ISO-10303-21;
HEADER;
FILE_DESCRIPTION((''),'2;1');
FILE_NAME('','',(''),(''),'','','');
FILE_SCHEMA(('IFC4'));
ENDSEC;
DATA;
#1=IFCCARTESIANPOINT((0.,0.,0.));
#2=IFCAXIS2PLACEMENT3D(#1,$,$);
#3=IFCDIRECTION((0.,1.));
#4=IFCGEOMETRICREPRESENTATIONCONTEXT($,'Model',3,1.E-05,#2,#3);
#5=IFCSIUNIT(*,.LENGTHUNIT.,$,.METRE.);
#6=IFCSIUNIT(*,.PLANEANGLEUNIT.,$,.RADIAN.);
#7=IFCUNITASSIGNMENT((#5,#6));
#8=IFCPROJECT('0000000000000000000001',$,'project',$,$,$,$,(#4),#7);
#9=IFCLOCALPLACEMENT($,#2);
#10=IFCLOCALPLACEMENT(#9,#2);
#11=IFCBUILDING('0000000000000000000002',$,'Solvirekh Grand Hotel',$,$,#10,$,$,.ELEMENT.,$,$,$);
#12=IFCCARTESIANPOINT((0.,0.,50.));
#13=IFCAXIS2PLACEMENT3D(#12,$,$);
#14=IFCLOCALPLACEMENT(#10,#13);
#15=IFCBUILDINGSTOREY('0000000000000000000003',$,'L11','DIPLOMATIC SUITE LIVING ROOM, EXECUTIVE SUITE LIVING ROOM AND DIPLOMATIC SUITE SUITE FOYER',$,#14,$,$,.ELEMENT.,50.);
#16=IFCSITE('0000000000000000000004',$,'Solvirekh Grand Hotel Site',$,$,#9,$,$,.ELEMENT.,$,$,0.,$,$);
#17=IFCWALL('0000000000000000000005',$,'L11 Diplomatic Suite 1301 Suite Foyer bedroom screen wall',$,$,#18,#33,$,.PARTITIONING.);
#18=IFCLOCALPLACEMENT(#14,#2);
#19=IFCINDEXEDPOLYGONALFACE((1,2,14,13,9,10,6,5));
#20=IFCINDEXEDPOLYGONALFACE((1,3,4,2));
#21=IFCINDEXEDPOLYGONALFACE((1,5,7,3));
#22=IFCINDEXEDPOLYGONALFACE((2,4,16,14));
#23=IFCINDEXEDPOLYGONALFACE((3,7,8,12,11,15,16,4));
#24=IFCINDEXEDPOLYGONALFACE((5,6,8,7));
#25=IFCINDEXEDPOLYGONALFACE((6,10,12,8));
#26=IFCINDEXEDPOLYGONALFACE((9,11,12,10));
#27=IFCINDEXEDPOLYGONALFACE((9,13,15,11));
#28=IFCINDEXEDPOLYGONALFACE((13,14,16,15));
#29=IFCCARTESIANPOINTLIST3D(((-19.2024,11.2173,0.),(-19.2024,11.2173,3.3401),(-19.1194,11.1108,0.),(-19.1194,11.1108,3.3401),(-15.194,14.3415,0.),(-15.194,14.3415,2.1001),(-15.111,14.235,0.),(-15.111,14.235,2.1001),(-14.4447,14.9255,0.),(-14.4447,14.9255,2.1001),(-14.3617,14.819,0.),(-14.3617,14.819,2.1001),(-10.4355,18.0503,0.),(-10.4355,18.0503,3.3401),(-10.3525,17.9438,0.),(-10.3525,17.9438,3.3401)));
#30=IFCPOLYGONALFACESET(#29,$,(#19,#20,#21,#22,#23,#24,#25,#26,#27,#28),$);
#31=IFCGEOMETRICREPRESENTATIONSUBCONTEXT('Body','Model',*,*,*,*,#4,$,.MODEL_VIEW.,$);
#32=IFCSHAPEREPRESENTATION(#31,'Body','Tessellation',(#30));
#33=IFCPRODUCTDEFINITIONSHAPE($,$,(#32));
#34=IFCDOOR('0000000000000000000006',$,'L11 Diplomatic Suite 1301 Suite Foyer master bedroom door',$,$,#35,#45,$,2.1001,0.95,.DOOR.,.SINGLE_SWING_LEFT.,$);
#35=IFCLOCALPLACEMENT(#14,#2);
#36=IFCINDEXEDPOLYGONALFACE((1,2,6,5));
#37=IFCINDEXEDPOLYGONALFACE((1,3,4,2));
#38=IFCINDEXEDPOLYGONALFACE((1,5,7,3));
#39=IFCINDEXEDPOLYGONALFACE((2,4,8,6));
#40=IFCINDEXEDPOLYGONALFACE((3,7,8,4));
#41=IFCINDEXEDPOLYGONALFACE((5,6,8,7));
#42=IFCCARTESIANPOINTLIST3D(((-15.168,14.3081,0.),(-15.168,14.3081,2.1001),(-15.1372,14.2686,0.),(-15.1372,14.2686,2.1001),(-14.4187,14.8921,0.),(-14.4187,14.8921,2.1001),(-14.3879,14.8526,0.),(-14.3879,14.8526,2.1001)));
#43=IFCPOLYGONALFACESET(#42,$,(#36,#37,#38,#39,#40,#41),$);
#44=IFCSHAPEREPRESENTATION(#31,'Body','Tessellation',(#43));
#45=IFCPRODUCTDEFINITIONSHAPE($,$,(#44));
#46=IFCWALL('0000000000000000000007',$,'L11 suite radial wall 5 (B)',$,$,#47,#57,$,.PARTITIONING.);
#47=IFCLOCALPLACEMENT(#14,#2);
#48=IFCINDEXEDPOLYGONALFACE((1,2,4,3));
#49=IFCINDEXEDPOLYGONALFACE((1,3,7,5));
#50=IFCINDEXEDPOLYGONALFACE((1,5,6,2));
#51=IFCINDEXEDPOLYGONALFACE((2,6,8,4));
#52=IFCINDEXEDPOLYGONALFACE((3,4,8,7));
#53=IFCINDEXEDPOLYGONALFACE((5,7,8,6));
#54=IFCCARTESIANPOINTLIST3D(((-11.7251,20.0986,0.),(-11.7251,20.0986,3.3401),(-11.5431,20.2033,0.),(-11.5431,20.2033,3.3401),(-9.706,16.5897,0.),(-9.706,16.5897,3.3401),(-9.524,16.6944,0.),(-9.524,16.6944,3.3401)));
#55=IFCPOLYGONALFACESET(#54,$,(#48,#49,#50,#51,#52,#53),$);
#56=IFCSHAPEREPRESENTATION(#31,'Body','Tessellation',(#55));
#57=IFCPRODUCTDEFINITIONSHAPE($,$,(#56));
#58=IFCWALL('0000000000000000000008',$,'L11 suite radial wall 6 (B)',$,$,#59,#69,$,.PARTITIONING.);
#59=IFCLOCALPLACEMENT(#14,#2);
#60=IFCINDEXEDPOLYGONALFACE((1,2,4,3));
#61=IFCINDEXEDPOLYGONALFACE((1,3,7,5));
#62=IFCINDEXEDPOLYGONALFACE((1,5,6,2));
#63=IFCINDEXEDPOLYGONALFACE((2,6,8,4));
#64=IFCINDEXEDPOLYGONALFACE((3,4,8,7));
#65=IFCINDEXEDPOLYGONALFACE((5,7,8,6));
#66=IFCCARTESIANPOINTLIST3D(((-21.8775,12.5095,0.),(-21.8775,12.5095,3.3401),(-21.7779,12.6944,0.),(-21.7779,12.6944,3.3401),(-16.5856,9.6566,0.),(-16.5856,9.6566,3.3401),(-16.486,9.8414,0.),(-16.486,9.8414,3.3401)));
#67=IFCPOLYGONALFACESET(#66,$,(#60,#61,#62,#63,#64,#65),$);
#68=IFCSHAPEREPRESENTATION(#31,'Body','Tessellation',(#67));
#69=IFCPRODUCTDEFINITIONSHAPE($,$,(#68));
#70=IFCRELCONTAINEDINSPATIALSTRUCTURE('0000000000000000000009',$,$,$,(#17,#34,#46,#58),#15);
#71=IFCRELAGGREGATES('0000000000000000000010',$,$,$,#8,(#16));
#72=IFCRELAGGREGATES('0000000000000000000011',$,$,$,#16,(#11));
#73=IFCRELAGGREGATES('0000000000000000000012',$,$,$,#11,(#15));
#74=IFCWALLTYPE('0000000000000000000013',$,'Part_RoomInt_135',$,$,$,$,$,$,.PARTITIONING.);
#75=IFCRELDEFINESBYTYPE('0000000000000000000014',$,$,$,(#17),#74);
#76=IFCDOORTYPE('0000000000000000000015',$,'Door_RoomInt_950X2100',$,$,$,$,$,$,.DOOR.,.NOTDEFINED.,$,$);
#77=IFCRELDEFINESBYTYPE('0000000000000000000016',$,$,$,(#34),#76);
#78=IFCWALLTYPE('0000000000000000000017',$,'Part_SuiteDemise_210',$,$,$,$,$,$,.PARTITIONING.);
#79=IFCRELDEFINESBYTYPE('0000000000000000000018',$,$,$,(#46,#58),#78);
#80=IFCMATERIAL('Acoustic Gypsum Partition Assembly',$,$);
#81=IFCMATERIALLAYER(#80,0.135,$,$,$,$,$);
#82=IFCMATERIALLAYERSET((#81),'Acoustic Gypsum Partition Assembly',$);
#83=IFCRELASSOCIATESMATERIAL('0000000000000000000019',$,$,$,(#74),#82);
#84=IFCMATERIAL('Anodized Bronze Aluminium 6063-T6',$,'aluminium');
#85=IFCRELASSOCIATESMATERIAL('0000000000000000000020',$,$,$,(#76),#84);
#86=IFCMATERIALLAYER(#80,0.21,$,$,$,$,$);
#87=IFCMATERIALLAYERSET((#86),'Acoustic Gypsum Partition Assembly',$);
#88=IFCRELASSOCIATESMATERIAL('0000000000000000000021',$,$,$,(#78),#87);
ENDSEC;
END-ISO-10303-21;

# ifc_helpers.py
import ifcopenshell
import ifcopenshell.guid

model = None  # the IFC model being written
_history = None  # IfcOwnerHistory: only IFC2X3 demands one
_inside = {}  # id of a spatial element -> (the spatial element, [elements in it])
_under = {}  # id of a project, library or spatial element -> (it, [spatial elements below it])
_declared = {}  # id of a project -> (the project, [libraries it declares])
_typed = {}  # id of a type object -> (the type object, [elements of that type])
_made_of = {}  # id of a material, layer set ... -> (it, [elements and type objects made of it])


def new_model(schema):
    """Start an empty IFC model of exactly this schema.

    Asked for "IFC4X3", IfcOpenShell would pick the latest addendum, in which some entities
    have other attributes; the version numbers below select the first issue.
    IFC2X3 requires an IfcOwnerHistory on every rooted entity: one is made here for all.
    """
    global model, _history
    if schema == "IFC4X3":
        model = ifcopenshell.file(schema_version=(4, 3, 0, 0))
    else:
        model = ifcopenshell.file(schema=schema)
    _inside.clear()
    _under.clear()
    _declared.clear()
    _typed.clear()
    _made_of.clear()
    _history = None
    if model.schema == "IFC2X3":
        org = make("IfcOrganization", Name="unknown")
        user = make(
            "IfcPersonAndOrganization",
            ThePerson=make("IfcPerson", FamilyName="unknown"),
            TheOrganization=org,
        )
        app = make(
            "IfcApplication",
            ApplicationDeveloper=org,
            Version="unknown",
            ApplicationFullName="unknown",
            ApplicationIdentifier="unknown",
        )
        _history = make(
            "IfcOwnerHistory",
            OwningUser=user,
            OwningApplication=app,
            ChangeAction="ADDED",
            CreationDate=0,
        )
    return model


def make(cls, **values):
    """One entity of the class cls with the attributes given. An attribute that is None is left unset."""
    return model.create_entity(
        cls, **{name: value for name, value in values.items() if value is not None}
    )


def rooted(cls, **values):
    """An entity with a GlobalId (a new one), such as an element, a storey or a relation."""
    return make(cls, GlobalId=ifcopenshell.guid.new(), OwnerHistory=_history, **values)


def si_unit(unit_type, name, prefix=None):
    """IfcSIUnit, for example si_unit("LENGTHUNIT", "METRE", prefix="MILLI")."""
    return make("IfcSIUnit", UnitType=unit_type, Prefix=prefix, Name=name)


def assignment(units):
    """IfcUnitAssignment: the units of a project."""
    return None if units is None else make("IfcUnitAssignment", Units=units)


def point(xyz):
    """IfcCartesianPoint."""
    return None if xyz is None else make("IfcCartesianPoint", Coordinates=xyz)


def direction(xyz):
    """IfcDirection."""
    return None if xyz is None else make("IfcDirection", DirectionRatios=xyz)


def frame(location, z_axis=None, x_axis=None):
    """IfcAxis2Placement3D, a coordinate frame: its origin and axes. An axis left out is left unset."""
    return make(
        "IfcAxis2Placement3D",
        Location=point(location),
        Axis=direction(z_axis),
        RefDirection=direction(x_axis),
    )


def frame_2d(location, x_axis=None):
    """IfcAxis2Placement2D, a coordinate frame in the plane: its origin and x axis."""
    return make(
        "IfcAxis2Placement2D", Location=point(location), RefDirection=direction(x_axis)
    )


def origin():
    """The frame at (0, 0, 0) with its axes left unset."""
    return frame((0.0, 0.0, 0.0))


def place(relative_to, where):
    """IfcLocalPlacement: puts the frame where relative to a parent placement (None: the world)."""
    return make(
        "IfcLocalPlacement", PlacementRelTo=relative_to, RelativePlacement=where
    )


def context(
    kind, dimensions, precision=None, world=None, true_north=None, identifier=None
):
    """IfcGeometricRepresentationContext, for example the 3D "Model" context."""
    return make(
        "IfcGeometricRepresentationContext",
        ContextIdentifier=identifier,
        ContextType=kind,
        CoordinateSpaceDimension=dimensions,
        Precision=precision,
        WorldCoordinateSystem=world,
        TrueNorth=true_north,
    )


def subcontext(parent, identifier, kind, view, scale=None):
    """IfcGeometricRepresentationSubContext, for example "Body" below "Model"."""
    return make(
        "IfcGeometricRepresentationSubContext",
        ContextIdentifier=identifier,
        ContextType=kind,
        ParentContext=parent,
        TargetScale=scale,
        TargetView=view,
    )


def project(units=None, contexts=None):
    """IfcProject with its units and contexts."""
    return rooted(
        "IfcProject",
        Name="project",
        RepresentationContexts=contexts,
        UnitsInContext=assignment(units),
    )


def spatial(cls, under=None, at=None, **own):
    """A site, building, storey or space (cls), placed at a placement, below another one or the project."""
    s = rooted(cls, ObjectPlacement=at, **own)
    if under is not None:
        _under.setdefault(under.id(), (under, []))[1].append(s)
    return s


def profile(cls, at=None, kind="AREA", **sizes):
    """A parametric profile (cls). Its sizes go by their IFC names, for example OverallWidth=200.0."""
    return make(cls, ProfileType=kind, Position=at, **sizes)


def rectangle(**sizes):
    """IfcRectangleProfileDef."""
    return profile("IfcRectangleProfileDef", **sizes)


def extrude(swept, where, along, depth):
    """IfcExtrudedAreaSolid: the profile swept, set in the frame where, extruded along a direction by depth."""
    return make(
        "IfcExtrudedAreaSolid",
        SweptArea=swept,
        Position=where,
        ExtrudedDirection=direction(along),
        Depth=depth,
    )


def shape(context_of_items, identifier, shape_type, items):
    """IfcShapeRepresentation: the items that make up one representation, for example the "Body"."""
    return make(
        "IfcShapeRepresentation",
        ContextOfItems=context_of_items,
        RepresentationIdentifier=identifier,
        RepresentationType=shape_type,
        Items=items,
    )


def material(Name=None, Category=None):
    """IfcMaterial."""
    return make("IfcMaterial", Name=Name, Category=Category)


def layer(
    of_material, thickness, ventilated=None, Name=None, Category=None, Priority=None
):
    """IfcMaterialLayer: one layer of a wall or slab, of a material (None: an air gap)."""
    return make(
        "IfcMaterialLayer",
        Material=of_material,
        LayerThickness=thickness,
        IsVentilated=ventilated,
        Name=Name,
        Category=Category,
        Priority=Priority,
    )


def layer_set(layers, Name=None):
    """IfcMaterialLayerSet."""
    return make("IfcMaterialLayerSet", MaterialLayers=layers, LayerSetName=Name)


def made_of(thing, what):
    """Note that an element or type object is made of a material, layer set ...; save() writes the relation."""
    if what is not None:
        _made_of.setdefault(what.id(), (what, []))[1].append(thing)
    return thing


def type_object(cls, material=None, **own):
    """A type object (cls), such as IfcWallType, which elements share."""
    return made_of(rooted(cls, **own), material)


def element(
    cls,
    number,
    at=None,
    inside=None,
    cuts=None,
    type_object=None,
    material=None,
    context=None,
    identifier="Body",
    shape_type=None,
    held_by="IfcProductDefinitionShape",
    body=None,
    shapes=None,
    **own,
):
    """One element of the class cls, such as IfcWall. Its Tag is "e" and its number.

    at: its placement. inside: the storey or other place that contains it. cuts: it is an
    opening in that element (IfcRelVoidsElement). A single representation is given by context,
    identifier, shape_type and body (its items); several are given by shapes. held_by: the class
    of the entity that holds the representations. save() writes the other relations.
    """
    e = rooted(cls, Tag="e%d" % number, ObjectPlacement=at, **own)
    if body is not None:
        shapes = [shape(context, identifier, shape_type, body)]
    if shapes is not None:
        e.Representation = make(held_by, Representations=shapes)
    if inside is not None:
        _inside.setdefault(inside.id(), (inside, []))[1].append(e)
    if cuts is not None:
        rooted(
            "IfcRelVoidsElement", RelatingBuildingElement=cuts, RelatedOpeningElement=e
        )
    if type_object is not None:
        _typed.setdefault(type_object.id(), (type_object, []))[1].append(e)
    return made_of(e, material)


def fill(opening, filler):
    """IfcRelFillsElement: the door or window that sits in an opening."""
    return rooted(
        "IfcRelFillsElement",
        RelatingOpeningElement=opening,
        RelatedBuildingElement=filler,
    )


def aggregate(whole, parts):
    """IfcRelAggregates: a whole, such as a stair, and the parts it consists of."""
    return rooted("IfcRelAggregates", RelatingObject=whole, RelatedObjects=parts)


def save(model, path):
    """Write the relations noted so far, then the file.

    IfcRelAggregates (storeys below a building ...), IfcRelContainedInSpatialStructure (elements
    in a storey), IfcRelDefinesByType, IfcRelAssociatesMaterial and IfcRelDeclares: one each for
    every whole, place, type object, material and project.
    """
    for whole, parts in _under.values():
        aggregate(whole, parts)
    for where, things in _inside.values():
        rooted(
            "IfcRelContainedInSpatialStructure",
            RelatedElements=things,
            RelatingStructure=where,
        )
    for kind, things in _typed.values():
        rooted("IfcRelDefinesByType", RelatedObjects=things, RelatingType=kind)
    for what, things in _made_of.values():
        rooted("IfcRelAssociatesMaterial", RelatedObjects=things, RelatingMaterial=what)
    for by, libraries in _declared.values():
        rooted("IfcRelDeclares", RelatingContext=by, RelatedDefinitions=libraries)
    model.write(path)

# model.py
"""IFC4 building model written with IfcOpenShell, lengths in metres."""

from ifc_helpers import new_model, si_unit, direction, frame, frame_2d, origin, place, context, subcontext, project, spatial, rectangle, extrude, material, layer, layer_set, type_object, element, fill, save


model = new_model("IFC4")

# Units and contexts
model_context = context("Model", 3, precision=1e-05, world=origin(), true_north=direction((0.0, 1.0)))
body_context = subcontext(model_context, "Body", "Model", "MODEL_VIEW")
ifc_project = project(units=[si_unit("LENGTHUNIT", "METRE"), si_unit("PLANEANGLEUNIT", "RADIAN")], contexts=[model_context])

# Site, building, storey
site_placement = place(None, origin())
site = spatial("IfcSite", under=ifc_project, at=site_placement, Name="Solvirekh Grand Hotel Site", CompositionType="ELEMENT", RefElevation=0.0)
building_placement = place(site_placement, origin())
building = spatial("IfcBuilding", under=site, at=building_placement, Name="Solvirekh Grand Hotel", CompositionType="ELEMENT")
storey_placement = place(building_placement, frame((0.0, 0.0, 50.0)))
storey = spatial("IfcBuildingStorey", under=building, at=storey_placement, Name="L11", Description="DIPLOMATIC SUITE LIVING ROOM, EXECUTIVE SUITE LIVING ROOM AND DIPLOMATIC SUITE SUITE FOYER", CompositionType="ELEMENT", Elevation=50.0)

# Shared definitions
ifc_material_1 = material(Name="Anodized Bronze Aluminium 6063-T6", Category="aluminium")

# Wall, opening, door
ifc_material_2 = material(Name="Acoustic Gypsum Partition Assembly")
ifc_layer_1 = layer(ifc_material_2, 0.135)
ifc_layer_set_1 = layer_set([ifc_layer_1], Name="Acoustic Gypsum Partition Assembly")
wall_type_1 = type_object("IfcWallType", Name="Part_RoomInt_135", PredefinedType="PARTITIONING", material=ifc_layer_set_1)
wall_1_placement = place(storey_placement, frame((-10.394, 17.9971, 0.0), z_axis=(0.0, 0.0, 1.0), x_axis=(-0.788726, -0.614745, 0.0)))
wall_1 = element("IfcWall", 1, at=wall_1_placement, inside=storey, type_object=wall_type_1, Name="L11 Diplomatic Suite 1301 Suite Foyer bedroom screen wall", PredefinedType="PARTITIONING", context=body_context, shape_type="SweptSolid", body=[
    extrude(rectangle(XDim=11.1152, YDim=0.135, at=frame_2d((5.5576, 0.0))), origin(), (0.0, 0.0, 1.0), 3.3401),
])
opening_1_placement = place(wall_1_placement, frame((5.083, 0.0, 0.0)))
opening_1 = element("IfcOpeningElement", 2, at=opening_1_placement, cuts=wall_1, PredefinedType="OPENING", context=body_context, shape_type="SweptSolid", body=[
    extrude(rectangle(XDim=0.95, YDim=2.1001, at=frame_2d((0.4751, 1.05))), frame((0.0, 0.0776, 0.0), z_axis=(0.0, -1.0, 0.0), x_axis=(1.0, 0.0, 0.0)), (0.0, 0.0, 1.0), 0.155),
])
door_type = type_object("IfcDoorType", Name="Door_RoomInt_950X2100", OperationType="NOTDEFINED", PredefinedType="DOOR", material=ifc_material_1)
door_placement = place(opening_1_placement, origin())
door = element("IfcDoor", 3, at=door_placement, inside=storey, type_object=door_type, Name="L11 Diplomatic Suite 1301 Suite Foyer master bedroom door", OperationType="SINGLE_SWING_LEFT", OverallHeight=2.1001, OverallWidth=0.95, PredefinedType="DOOR", context=body_context, shape_type="SweptSolid", body=[
    extrude(rectangle(XDim=0.95, YDim=2.1001, at=frame_2d((0.4751, 1.05))), frame((0.0, 0.0249, 0.0), z_axis=(0.0, -1.0, 0.0), x_axis=(1.0, 0.0, 0.0)), (0.0, 0.0, 1.0), 0.05),
])
fill(opening_1, door)

# Walls
ifc_layer_2 = layer(ifc_material_2, 0.21)
ifc_layer_set_2 = layer_set([ifc_layer_2], Name="Acoustic Gypsum Partition Assembly")
wall_type_2 = type_object("IfcWallType", Name="Part_SuiteDemise_210", PredefinedType="PARTITIONING", material=ifc_layer_set_2)
wall_2_placement = place(storey_placement, frame((-9.615, 16.6421, 0.0), z_axis=(0.0, 0.0, 1.0), x_axis=(-0.498748, 0.866747, 0.0)))
element("IfcWall", 4, at=wall_2_placement, inside=storey, type_object=wall_type_2, Name="L11 suite radial wall 5 (B)", PredefinedType="PARTITIONING", context=body_context, shape_type="SweptSolid", body=[
    extrude(rectangle(XDim=4.0483, YDim=0.21, at=frame_2d((2.0242, 0.0))), origin(), (0.0, 0.0, 1.0), 3.3401),
])
wall_3_placement = place(storey_placement, frame((-16.5359, 9.749, 0.0), z_axis=(0.0, 0.0, 1.0), x_axis=(-0.880228, 0.47455, 0.0)))
element("IfcWall", 5, at=wall_3_placement, inside=storey, type_object=wall_type_2, Name="L11 suite radial wall 6 (B)", PredefinedType="PARTITIONING", context=body_context, shape_type="SweptSolid", body=[
    extrude(rectangle(XDim=6.012, YDim=0.21, at=frame_2d((3.0059, 0.0))), origin(), (0.0, 0.0, 1.0), 3.3401),
])

save(model, "model.ifc")
